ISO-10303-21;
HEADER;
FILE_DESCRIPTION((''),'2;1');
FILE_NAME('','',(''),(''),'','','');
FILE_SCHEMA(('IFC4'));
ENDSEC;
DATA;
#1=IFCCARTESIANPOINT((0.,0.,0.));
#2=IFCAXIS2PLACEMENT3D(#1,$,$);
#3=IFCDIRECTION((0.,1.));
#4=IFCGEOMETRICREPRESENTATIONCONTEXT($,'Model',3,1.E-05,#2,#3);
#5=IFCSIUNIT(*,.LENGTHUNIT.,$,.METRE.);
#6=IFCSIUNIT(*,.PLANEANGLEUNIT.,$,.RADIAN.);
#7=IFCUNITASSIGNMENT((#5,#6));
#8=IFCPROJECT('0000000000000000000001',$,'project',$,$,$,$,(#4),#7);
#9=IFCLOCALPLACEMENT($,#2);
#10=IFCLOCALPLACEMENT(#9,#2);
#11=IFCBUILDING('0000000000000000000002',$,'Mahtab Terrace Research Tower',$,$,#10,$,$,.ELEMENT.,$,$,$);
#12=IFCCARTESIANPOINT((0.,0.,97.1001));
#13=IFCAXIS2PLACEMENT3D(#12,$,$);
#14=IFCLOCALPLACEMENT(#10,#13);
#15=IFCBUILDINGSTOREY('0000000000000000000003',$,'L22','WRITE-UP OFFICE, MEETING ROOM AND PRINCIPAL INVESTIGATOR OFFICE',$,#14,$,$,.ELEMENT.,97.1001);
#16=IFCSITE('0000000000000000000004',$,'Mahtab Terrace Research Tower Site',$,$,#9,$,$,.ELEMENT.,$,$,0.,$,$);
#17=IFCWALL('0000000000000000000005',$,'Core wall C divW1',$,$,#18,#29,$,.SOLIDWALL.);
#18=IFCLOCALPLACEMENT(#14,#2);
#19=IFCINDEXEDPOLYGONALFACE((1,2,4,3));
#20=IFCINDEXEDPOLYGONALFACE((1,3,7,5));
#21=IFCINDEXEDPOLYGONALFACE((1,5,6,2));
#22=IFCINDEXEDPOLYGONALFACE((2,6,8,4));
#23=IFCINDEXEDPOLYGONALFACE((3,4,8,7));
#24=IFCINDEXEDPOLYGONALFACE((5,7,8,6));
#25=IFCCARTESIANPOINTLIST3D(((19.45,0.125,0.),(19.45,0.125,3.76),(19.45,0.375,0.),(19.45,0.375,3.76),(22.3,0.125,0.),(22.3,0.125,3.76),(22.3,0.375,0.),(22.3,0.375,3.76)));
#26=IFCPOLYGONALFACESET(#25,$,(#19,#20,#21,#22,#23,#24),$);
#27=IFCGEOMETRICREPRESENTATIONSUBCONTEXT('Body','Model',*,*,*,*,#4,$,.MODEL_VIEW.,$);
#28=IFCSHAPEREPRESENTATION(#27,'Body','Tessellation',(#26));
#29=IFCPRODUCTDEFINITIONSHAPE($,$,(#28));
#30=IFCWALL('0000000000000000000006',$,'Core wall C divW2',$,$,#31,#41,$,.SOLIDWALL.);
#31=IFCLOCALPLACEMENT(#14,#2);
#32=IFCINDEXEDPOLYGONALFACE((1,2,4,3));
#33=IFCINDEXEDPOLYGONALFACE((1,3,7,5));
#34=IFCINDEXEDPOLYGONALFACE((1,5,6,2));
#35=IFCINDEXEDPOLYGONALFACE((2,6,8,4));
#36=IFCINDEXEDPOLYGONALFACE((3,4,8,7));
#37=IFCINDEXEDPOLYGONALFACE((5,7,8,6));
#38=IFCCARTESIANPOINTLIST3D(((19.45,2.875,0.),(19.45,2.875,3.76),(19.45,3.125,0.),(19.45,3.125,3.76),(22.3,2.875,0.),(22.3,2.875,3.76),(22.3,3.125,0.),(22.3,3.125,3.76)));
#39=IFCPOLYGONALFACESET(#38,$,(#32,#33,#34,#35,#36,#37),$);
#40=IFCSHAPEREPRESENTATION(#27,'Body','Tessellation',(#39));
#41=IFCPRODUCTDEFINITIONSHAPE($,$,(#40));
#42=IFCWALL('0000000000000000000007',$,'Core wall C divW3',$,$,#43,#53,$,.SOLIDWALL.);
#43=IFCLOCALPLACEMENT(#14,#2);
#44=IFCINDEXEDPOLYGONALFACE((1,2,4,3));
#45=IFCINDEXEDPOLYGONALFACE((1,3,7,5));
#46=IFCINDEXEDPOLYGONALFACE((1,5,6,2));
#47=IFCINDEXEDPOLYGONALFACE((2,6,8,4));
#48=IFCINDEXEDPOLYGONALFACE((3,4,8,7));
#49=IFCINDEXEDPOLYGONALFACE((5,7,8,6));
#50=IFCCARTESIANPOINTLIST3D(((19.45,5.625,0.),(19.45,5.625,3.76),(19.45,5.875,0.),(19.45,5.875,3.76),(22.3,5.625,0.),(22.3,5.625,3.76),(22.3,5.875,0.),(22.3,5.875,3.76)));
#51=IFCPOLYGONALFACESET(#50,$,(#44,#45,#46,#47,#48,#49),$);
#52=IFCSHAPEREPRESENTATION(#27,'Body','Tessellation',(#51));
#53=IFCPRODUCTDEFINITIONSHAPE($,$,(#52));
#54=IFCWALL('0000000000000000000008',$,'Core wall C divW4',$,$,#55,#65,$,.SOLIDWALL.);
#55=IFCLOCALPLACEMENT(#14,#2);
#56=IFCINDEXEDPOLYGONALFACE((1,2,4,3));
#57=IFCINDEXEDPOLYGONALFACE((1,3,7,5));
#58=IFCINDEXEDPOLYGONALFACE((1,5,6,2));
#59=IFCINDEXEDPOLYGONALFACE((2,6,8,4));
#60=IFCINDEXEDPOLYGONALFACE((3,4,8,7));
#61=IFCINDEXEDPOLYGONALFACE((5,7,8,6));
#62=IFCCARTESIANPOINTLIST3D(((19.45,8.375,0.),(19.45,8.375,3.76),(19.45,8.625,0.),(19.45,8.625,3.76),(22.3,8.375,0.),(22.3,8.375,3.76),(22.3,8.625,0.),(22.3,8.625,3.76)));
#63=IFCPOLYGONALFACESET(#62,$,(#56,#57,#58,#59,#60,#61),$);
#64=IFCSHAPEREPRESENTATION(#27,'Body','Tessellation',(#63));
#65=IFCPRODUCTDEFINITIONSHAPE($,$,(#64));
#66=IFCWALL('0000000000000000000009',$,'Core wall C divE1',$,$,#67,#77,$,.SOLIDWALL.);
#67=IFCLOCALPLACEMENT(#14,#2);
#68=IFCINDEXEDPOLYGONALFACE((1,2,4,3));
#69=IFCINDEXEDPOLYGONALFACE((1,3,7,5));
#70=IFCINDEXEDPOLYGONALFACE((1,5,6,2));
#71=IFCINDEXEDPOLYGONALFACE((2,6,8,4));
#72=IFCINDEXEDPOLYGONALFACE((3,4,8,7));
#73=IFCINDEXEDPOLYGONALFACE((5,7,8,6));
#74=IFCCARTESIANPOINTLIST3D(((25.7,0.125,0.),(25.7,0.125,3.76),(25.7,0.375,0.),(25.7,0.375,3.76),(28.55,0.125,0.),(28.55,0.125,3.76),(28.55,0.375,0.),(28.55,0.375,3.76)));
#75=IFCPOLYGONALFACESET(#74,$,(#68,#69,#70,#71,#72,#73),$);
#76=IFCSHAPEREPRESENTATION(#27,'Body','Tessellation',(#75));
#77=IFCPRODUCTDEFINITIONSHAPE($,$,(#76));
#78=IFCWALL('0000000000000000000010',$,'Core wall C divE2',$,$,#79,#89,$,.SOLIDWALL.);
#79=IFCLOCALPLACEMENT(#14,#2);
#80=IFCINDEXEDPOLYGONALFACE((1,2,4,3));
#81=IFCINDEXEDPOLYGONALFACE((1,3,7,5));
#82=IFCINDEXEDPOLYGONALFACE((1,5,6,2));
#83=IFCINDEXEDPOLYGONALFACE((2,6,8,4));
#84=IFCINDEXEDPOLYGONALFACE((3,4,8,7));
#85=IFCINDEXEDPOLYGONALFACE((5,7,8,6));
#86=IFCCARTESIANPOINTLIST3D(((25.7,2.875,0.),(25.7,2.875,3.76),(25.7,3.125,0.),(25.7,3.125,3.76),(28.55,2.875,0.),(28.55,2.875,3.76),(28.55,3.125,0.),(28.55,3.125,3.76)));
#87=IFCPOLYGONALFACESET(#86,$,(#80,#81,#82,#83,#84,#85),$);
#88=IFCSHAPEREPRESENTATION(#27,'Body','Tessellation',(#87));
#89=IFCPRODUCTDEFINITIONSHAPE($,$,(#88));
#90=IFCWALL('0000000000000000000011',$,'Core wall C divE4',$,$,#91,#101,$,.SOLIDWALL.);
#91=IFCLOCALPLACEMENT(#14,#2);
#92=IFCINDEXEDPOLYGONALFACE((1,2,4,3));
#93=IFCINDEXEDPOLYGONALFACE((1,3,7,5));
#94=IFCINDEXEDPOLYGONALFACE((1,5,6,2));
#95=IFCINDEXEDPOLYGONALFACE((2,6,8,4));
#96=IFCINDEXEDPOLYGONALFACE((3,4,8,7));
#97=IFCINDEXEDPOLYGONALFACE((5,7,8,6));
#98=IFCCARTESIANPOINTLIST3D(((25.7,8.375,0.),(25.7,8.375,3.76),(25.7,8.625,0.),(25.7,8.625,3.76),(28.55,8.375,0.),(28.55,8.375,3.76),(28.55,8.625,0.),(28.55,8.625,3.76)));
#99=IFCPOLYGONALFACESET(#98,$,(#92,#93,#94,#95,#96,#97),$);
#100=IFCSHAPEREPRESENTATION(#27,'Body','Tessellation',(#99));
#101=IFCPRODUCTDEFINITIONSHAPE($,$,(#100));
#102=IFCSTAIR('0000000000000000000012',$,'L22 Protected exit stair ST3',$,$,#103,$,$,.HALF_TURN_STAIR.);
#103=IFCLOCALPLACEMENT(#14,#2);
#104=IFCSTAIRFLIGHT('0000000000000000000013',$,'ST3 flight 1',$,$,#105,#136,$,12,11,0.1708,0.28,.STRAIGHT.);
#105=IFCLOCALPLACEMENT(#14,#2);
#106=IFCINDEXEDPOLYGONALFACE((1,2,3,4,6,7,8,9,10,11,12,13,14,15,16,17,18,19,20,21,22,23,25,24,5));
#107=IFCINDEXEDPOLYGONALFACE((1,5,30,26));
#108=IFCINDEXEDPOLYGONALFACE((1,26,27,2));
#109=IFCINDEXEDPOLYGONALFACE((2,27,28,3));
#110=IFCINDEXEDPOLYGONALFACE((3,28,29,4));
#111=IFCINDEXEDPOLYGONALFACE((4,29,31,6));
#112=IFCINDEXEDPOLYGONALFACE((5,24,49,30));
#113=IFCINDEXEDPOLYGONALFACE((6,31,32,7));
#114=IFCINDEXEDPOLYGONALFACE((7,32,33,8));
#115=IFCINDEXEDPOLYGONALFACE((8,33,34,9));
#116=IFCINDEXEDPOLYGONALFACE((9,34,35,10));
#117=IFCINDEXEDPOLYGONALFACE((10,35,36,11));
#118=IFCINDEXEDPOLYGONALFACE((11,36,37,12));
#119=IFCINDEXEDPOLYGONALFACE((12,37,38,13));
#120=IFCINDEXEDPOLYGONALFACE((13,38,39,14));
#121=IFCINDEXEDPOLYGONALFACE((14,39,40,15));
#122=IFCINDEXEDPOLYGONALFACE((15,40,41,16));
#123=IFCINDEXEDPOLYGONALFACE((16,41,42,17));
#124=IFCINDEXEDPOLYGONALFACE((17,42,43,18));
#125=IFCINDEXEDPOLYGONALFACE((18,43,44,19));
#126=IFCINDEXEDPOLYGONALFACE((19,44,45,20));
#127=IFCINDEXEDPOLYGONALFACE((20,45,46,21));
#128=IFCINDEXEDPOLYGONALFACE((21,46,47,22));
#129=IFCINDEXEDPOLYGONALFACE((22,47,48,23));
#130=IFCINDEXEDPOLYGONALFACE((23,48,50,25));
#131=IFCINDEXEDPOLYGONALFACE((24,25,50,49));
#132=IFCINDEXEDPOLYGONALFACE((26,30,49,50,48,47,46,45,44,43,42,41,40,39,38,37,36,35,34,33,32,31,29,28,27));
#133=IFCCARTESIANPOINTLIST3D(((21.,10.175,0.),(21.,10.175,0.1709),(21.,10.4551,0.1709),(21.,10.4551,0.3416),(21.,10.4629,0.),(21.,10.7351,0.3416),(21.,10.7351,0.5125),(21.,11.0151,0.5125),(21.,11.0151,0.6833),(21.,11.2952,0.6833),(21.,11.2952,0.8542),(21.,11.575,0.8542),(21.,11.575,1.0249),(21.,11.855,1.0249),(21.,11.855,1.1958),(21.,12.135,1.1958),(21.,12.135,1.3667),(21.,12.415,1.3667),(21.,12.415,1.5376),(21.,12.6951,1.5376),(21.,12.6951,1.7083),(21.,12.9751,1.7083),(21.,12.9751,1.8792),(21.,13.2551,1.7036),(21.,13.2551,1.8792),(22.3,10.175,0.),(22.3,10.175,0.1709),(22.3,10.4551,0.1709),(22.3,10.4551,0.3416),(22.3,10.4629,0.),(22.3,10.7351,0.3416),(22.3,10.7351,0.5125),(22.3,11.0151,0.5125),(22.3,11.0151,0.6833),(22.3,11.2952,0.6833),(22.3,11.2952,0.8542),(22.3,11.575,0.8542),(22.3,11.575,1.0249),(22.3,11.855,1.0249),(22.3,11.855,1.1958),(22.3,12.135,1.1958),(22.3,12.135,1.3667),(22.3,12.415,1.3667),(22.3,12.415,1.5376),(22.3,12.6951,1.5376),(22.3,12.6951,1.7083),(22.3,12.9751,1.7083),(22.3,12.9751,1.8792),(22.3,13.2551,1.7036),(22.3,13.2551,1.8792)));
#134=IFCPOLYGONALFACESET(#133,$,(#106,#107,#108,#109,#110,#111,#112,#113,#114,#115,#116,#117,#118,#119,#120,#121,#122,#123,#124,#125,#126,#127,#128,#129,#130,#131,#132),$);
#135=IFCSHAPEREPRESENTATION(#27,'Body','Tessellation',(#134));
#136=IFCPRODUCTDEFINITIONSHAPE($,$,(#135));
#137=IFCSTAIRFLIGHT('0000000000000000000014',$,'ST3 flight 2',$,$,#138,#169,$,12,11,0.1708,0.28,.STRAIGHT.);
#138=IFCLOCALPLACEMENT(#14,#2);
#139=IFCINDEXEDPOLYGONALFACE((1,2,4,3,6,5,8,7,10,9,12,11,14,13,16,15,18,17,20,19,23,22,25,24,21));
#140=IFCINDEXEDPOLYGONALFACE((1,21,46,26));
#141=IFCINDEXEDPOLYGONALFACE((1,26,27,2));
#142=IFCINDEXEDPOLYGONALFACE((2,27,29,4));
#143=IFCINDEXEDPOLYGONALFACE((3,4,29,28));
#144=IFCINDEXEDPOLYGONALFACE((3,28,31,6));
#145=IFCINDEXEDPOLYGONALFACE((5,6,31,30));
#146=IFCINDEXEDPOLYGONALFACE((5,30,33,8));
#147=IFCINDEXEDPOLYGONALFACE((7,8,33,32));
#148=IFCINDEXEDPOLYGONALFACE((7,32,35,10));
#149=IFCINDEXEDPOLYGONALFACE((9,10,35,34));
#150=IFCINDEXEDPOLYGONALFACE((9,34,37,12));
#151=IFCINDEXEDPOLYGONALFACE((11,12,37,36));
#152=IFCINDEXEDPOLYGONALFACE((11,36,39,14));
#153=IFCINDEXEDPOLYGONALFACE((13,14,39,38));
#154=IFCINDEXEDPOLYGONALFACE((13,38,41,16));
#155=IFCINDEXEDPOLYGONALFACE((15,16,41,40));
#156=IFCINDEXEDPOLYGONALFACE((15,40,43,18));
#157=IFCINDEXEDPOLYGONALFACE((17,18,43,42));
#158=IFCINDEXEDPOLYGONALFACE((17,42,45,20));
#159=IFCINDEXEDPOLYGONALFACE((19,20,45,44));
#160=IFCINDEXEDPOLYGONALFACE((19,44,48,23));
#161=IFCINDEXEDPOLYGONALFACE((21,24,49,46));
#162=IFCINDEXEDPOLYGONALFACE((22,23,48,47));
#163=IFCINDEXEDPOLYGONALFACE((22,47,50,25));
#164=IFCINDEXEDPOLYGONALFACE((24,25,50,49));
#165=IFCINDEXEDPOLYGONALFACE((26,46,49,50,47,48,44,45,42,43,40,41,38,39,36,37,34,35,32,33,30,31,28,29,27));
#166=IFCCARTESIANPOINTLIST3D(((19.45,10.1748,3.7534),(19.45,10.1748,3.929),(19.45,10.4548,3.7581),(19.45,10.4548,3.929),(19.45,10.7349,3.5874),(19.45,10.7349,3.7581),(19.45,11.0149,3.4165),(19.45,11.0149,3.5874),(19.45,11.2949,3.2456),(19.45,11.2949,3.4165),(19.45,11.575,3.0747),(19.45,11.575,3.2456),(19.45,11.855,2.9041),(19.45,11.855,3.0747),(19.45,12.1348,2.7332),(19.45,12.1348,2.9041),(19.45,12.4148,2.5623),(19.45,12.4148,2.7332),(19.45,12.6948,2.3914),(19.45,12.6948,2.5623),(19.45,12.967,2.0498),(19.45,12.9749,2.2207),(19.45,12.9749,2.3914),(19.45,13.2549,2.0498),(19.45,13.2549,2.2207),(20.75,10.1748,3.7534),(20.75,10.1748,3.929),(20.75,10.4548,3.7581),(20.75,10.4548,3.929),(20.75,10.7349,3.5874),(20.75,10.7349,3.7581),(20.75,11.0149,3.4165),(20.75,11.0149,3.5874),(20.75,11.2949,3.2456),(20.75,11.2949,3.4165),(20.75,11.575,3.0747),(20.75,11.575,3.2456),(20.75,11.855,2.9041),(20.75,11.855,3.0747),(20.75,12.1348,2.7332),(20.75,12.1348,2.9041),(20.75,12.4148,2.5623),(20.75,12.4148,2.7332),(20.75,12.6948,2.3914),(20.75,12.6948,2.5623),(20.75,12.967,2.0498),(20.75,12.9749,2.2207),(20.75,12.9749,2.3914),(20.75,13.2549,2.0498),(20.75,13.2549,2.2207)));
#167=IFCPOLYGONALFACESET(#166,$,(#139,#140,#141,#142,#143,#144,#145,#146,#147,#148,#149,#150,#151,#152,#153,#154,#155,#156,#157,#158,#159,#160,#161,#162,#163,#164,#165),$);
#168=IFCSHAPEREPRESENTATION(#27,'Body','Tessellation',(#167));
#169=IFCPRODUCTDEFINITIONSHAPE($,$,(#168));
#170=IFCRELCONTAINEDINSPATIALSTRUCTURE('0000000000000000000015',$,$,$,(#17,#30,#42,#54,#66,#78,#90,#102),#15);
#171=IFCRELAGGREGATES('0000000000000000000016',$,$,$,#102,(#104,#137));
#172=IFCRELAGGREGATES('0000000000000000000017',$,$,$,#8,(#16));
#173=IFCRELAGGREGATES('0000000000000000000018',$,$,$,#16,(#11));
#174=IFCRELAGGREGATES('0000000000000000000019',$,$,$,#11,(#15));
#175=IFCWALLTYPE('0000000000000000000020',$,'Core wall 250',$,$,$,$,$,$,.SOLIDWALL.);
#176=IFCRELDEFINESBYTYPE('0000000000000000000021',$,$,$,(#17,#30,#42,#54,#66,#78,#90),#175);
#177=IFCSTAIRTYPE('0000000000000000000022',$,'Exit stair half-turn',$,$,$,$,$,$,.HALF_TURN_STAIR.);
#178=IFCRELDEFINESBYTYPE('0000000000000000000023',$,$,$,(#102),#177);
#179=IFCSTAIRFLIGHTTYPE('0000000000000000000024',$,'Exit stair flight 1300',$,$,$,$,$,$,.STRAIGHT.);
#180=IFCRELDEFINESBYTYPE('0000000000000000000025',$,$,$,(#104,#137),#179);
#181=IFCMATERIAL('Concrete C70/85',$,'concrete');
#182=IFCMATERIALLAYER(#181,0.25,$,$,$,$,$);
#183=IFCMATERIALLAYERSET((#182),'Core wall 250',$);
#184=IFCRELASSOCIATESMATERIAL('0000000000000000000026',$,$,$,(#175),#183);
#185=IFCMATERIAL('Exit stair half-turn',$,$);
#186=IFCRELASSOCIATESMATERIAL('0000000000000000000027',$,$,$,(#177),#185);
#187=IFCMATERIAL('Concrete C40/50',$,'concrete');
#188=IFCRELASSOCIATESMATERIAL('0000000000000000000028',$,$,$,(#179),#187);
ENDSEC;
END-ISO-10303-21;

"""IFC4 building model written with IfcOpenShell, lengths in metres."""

from ifc_helpers import new_model, si_unit, direction, frame, frame_2d, origin, place, context, subcontext, project, spatial, polyline, rectangle, outline, extrude, material, layer, layer_set, type_object, element, aggregate, save


model = new_model("IFC4")

# Units and contexts
model_context = context("Model", 3, precision=1e-05, world=origin(), true_north=direction((0.0, 1.0)))
body_context = subcontext(model_context, "Body", "Model", "MODEL_VIEW")
ifc_project = project(units=[si_unit("LENGTHUNIT", "METRE"), si_unit("PLANEANGLEUNIT", "RADIAN")], contexts=[model_context])

# Site, building, storey
site_placement = place(None, origin())
site = spatial("IfcSite", under=ifc_project, at=site_placement, Name="Mahtab Terrace Research Tower Site", CompositionType="ELEMENT", RefElevation=0.0)
building_placement = place(site_placement, origin())
building = spatial("IfcBuilding", under=site, at=building_placement, Name="Mahtab Terrace Research Tower", CompositionType="ELEMENT")
storey_placement = place(building_placement, frame((0.0, 0.0, 97.1001)))
storey = spatial("IfcBuildingStorey", under=building, at=storey_placement, Name="L22", Description="WRITE-UP OFFICE, MEETING ROOM AND PRINCIPAL INVESTIGATOR OFFICE", CompositionType="ELEMENT", Elevation=97.1001)

# Shared definitions
ifc_material_1 = material(Name="Concrete C70/85", Category="concrete")

# Shared definitions
ifc_layer_1 = layer(ifc_material_1, 0.25)
ifc_layer_set_1 = layer_set([ifc_layer_1], Name="Core wall 250")
wall_type_1 = type_object("IfcWallType", Name="Core wall 250", PredefinedType="SOLIDWALL", material=ifc_layer_set_1)

# Walls
for number, where, z_axis, x_axis, name in (
    (1, (19.45, 0.25, 0.0), (0.0, 0.0, 1.0), (1.0, 0.0, 0.0), "Core wall C divW1"),
    (2, (19.45, 3.0, 0.0), (0.0, 0.0, 1.0), (1.0, 0.0, 0.0), "Core wall C divW2"),
    (3, (19.45, 5.75, 0.0), (0.0, 0.0, 1.0), (1.0, 0.0, 0.0), "Core wall C divW3"),
    (4, (19.45, 8.5, 0.0), (0.0, 0.0, 1.0), (1.0, 0.0, 0.0), "Core wall C divW4"),
    (5, (25.7, 0.25, 0.0), (0.0, 0.0, 1.0), (1.0, 0.0, 0.0), "Core wall C divE1"),
    (6, (25.7, 3.0, 0.0), (0.0, 0.0, 1.0), (1.0, 0.0, 0.0), "Core wall C divE2"),
    (7, (25.7, 8.5, 0.0), (0.0, 0.0, 1.0), (1.0, 0.0, 0.0), "Core wall C divE4"),
):
    element("IfcWall", number, at=place(storey_placement, frame(where, z_axis=z_axis, x_axis=x_axis)), inside=storey, type_object=wall_type_1, Name=name, PredefinedType="SOLIDWALL", context=body_context, shape_type="SweptSolid", body=[
        extrude(rectangle(XDim=2.8501, YDim=0.25, at=frame_2d((1.425, 0.0))), origin(), (0.0, 0.0, 1.0), 3.76),
    ])

# Stair, stair flights
ifc_material_2 = material(Name="Exit stair half-turn")
stair_type = type_object("IfcStairType", Name="Exit stair half-turn", PredefinedType="HALF_TURN_STAIR", material=ifc_material_2)
stair_placement = place(storey_placement, origin())
stair = element("IfcStair", 8, at=stair_placement, inside=storey, type_object=stair_type, Name="L22 Protected exit stair ST3", PredefinedType="HALF_TURN_STAIR")
ifc_material_3 = material(Name="Concrete C40/50", Category="concrete")
stair_flight_type = type_object("IfcStairFlightType", Name="Exit stair flight 1300", PredefinedType="STRAIGHT", material=ifc_material_3)
stair_flight_1_placement = place(storey_placement, frame((21.6499, 10.175, 0.0), z_axis=(0.0, 0.0, 1.0), x_axis=(0.0, 1.0, 0.0)))
stair_flight_1 = element("IfcStairFlight", 9, at=stair_flight_1_placement, type_object=stair_flight_type, Name="ST3 flight 1", NumberOfRisers=12, NumberOfTreads=11, PredefinedType="STRAIGHT", RiserHeight=0.1708, TreadLength=0.28, context=body_context, shape_type="SweptSolid", body=[
    extrude(outline(polyline([(0.0, 0.0), (0.0, 0.1709), (0.28, 0.1709), (0.28, 0.3416), (0.5601, 0.3416), (0.5601, 0.5125), (0.8401, 0.5125), (0.8401, 0.6833), (1.1201, 0.6833), (1.1201, 0.8542), (1.3999, 0.8542), (1.3999, 1.0249), (1.6799, 1.0249), (1.6799, 1.1958), (1.96, 1.1958), (1.96, 1.3667), (2.24, 1.3667), (2.24, 1.5376), (2.52, 1.5376), (2.52, 1.7083), (2.8, 1.7083), (2.8, 1.8792), (3.0801, 1.8792), (3.0801, 2.05), (3.0801, 1.7036), (0.2878, 0.0), (0.0, 0.0)])), frame((0.0, 0.6499, 0.0), z_axis=(0.0, -1.0, 0.0), x_axis=(1.0, 0.0, 0.0)), (0.0, 0.0, 1.0), 1.3),
])
stair_flight_2_placement = place(storey_placement, frame((20.1001, 13.2549, 2.0498), z_axis=(0.0, 0.0, 1.0), x_axis=(0.0, -1.0, 0.0)))
stair_flight_2 = element("IfcStairFlight", 10, at=stair_flight_2_placement, type_object=stair_flight_type, Name="ST3 flight 2", NumberOfRisers=12, NumberOfTreads=11, PredefinedType="STRAIGHT", RiserHeight=0.1708, TreadLength=0.28, context=body_context, shape_type="SweptSolid", body=[
    extrude(outline(polyline([(0.0, 0.0), (0.0, 0.1709), (0.28, 0.1709), (0.28, 0.3416), (0.5601, 0.3416), (0.5601, 0.5125), (0.8401, 0.5125), (0.8401, 0.6833), (1.1201, 0.6833), (1.1201, 0.8542), (1.3999, 0.8542), (1.3999, 1.0249), (1.6799, 1.0249), (1.6799, 1.1958), (1.96, 1.1958), (1.96, 1.3667), (2.24, 1.3667), (2.24, 1.5376), (2.52, 1.5376), (2.52, 1.7083), (2.8, 1.7083), (2.8, 1.8792), (3.0801, 1.8792), (3.0801, 2.05), (3.0801, 1.7036), (0.2878, 0.0), (0.0, 0.0)])), frame((0.0, 0.6499, 0.0), z_axis=(0.0, -1.0, 0.0), x_axis=(1.0, 0.0, 0.0)), (0.0, 0.0, 1.0), 1.3),
])
aggregate(stair, [stair_flight_1, stair_flight_2])

save(model, "model.ifc")
